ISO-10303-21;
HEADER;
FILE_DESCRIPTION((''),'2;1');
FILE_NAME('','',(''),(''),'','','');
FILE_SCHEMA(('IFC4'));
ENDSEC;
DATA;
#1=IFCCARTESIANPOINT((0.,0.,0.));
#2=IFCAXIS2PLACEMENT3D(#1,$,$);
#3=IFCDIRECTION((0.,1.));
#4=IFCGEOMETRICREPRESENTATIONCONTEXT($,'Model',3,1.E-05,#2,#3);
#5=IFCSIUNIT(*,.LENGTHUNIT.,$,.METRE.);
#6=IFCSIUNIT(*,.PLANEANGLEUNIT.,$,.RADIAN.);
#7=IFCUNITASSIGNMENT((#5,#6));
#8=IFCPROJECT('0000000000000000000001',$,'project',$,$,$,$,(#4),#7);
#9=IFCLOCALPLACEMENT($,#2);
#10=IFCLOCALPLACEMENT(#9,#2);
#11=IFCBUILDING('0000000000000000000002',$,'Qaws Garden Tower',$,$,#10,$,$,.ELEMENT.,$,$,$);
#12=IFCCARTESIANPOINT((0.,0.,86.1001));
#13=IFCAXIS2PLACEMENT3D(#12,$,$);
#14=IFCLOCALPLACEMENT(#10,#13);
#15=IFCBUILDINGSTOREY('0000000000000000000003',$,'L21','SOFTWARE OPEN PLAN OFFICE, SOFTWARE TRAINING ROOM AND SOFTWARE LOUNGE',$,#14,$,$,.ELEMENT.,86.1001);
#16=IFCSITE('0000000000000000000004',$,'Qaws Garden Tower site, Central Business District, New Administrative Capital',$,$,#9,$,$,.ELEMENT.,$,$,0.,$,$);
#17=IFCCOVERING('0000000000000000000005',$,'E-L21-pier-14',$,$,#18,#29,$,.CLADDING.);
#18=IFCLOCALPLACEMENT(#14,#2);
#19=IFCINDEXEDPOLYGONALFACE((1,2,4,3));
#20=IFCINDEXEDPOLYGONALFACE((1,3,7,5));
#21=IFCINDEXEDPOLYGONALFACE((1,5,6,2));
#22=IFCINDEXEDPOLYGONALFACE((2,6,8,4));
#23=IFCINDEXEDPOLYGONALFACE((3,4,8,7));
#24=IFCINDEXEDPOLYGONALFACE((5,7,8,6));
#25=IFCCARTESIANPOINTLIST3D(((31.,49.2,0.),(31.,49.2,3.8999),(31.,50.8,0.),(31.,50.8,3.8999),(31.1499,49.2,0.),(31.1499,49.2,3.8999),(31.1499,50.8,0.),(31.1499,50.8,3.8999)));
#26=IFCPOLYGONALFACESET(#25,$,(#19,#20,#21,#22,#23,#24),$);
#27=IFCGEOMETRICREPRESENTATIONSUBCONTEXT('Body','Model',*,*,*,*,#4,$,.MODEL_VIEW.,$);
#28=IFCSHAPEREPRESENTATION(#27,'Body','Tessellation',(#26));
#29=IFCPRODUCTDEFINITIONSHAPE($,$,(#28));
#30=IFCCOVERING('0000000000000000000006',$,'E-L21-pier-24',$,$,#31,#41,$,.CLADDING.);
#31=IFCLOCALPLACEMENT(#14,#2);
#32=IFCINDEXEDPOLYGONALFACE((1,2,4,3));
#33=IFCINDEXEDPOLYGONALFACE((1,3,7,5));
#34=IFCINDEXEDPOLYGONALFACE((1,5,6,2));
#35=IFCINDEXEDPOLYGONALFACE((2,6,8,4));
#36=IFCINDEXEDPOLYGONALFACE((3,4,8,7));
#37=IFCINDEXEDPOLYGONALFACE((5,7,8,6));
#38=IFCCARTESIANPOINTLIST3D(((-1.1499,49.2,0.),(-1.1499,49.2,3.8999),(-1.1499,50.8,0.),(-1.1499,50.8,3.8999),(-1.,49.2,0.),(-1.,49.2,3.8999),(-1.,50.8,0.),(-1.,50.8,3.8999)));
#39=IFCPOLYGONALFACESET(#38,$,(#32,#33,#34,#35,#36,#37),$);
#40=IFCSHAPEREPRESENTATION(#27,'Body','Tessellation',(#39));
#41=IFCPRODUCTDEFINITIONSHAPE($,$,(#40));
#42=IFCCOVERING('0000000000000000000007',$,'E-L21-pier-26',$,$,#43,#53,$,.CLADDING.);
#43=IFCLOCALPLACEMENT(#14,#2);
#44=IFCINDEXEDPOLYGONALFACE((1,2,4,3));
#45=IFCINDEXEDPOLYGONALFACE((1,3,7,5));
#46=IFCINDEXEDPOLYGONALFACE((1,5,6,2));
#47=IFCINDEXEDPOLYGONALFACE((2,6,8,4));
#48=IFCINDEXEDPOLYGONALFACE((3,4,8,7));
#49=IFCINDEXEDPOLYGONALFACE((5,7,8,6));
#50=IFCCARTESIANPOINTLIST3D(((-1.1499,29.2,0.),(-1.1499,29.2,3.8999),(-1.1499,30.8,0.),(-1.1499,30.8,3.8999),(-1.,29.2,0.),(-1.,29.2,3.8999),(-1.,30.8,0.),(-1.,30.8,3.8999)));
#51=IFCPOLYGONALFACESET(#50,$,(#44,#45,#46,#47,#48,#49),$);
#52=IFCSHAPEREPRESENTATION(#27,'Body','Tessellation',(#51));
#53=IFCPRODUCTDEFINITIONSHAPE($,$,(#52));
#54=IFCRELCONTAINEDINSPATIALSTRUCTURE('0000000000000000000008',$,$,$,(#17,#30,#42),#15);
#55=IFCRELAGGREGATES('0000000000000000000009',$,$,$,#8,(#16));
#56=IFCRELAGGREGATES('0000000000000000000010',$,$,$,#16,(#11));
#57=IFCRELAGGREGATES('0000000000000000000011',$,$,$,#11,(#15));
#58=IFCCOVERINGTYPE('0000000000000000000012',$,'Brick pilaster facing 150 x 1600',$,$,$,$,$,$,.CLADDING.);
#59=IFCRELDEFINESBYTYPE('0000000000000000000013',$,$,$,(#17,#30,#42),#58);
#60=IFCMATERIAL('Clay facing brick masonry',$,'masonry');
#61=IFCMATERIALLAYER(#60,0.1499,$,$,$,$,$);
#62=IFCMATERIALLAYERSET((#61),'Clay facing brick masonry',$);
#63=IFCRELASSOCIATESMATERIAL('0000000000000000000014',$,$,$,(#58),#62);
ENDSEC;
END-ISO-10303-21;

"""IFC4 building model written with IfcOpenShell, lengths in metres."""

from ifc_helpers import new_model, si_unit, direction, frame, origin, place, context, subcontext, project, spatial, polyline, outline, extrude, material, layer, layer_set, type_object, element, save


model = new_model("IFC4")

# Units and contexts
model_context = context("Model", 3, precision=1e-05, world=origin(), true_north=direction((0.0, 1.0)))
body_context = subcontext(model_context, "Body", "Model", "MODEL_VIEW")
ifc_project = project(units=[si_unit("LENGTHUNIT", "METRE"), si_unit("PLANEANGLEUNIT", "RADIAN")], contexts=[model_context])

# Site, building, storey
site_placement = place(None, origin())
site = spatial("IfcSite", under=ifc_project, at=site_placement, Name="Qaws Garden Tower site, Central Business District, New Administrative Capital", CompositionType="ELEMENT", RefElevation=0.0)
building_placement = place(site_placement, origin())
building = spatial("IfcBuilding", under=site, at=building_placement, Name="Qaws Garden Tower", CompositionType="ELEMENT")
storey_placement = place(building_placement, frame((0.0, 0.0, 86.1001)))
storey = spatial("IfcBuildingStorey", under=building, at=storey_placement, Name="L21", Description="SOFTWARE OPEN PLAN OFFICE, SOFTWARE TRAINING ROOM AND SOFTWARE LOUNGE", CompositionType="ELEMENT", Elevation=86.1001)

# Shared definitions
placement = place(storey_placement, origin())

# Coverings
ifc_material_1 = material(Name="Clay facing brick masonry", Category="masonry")
ifc_layer_1 = layer(ifc_material_1, 0.1499)
ifc_layer_set_1 = layer_set([ifc_layer_1], Name="Clay facing brick masonry")
covering_type = type_object("IfcCoveringType", Name="Brick pilaster facing 150 x 1600", PredefinedType="CLADDING", material=ifc_layer_set_1)
element("IfcCovering", 1, at=placement, inside=storey, type_object=covering_type, Name="E-L21-pier-14", PredefinedType="CLADDING", context=body_context, shape_type="SweptSolid", body=[
    extrude(outline(polyline([(31.0, 49.2), (31.0, 50.8), (31.1499, 50.8), (31.1499, 49.2), (31.0, 49.2)])), origin(), (0.0, 0.0, 1.0), 3.8999),
])
element("IfcCovering", 2, at=placement, inside=storey, type_object=covering_type, Name="E-L21-pier-24", PredefinedType="CLADDING", context=body_context, shape_type="SweptSolid", body=[
    extrude(outline(polyline([(-1.0, 50.8), (-1.0, 49.2), (-1.1499, 49.2), (-1.1499, 50.8), (-1.0, 50.8)])), origin(), (0.0, 0.0, 1.0), 3.8999),
])
element("IfcCovering", 3, at=placement, inside=storey, type_object=covering_type, Name="E-L21-pier-26", PredefinedType="CLADDING", context=body_context, shape_type="SweptSolid", body=[
    extrude(outline(polyline([(-1.0, 30.8), (-1.0, 29.2), (-1.1499, 29.2), (-1.1499, 30.8), (-1.0, 30.8)])), origin(), (0.0, 0.0, 1.0), 3.8999),
])

save(model, "model.ifc")
